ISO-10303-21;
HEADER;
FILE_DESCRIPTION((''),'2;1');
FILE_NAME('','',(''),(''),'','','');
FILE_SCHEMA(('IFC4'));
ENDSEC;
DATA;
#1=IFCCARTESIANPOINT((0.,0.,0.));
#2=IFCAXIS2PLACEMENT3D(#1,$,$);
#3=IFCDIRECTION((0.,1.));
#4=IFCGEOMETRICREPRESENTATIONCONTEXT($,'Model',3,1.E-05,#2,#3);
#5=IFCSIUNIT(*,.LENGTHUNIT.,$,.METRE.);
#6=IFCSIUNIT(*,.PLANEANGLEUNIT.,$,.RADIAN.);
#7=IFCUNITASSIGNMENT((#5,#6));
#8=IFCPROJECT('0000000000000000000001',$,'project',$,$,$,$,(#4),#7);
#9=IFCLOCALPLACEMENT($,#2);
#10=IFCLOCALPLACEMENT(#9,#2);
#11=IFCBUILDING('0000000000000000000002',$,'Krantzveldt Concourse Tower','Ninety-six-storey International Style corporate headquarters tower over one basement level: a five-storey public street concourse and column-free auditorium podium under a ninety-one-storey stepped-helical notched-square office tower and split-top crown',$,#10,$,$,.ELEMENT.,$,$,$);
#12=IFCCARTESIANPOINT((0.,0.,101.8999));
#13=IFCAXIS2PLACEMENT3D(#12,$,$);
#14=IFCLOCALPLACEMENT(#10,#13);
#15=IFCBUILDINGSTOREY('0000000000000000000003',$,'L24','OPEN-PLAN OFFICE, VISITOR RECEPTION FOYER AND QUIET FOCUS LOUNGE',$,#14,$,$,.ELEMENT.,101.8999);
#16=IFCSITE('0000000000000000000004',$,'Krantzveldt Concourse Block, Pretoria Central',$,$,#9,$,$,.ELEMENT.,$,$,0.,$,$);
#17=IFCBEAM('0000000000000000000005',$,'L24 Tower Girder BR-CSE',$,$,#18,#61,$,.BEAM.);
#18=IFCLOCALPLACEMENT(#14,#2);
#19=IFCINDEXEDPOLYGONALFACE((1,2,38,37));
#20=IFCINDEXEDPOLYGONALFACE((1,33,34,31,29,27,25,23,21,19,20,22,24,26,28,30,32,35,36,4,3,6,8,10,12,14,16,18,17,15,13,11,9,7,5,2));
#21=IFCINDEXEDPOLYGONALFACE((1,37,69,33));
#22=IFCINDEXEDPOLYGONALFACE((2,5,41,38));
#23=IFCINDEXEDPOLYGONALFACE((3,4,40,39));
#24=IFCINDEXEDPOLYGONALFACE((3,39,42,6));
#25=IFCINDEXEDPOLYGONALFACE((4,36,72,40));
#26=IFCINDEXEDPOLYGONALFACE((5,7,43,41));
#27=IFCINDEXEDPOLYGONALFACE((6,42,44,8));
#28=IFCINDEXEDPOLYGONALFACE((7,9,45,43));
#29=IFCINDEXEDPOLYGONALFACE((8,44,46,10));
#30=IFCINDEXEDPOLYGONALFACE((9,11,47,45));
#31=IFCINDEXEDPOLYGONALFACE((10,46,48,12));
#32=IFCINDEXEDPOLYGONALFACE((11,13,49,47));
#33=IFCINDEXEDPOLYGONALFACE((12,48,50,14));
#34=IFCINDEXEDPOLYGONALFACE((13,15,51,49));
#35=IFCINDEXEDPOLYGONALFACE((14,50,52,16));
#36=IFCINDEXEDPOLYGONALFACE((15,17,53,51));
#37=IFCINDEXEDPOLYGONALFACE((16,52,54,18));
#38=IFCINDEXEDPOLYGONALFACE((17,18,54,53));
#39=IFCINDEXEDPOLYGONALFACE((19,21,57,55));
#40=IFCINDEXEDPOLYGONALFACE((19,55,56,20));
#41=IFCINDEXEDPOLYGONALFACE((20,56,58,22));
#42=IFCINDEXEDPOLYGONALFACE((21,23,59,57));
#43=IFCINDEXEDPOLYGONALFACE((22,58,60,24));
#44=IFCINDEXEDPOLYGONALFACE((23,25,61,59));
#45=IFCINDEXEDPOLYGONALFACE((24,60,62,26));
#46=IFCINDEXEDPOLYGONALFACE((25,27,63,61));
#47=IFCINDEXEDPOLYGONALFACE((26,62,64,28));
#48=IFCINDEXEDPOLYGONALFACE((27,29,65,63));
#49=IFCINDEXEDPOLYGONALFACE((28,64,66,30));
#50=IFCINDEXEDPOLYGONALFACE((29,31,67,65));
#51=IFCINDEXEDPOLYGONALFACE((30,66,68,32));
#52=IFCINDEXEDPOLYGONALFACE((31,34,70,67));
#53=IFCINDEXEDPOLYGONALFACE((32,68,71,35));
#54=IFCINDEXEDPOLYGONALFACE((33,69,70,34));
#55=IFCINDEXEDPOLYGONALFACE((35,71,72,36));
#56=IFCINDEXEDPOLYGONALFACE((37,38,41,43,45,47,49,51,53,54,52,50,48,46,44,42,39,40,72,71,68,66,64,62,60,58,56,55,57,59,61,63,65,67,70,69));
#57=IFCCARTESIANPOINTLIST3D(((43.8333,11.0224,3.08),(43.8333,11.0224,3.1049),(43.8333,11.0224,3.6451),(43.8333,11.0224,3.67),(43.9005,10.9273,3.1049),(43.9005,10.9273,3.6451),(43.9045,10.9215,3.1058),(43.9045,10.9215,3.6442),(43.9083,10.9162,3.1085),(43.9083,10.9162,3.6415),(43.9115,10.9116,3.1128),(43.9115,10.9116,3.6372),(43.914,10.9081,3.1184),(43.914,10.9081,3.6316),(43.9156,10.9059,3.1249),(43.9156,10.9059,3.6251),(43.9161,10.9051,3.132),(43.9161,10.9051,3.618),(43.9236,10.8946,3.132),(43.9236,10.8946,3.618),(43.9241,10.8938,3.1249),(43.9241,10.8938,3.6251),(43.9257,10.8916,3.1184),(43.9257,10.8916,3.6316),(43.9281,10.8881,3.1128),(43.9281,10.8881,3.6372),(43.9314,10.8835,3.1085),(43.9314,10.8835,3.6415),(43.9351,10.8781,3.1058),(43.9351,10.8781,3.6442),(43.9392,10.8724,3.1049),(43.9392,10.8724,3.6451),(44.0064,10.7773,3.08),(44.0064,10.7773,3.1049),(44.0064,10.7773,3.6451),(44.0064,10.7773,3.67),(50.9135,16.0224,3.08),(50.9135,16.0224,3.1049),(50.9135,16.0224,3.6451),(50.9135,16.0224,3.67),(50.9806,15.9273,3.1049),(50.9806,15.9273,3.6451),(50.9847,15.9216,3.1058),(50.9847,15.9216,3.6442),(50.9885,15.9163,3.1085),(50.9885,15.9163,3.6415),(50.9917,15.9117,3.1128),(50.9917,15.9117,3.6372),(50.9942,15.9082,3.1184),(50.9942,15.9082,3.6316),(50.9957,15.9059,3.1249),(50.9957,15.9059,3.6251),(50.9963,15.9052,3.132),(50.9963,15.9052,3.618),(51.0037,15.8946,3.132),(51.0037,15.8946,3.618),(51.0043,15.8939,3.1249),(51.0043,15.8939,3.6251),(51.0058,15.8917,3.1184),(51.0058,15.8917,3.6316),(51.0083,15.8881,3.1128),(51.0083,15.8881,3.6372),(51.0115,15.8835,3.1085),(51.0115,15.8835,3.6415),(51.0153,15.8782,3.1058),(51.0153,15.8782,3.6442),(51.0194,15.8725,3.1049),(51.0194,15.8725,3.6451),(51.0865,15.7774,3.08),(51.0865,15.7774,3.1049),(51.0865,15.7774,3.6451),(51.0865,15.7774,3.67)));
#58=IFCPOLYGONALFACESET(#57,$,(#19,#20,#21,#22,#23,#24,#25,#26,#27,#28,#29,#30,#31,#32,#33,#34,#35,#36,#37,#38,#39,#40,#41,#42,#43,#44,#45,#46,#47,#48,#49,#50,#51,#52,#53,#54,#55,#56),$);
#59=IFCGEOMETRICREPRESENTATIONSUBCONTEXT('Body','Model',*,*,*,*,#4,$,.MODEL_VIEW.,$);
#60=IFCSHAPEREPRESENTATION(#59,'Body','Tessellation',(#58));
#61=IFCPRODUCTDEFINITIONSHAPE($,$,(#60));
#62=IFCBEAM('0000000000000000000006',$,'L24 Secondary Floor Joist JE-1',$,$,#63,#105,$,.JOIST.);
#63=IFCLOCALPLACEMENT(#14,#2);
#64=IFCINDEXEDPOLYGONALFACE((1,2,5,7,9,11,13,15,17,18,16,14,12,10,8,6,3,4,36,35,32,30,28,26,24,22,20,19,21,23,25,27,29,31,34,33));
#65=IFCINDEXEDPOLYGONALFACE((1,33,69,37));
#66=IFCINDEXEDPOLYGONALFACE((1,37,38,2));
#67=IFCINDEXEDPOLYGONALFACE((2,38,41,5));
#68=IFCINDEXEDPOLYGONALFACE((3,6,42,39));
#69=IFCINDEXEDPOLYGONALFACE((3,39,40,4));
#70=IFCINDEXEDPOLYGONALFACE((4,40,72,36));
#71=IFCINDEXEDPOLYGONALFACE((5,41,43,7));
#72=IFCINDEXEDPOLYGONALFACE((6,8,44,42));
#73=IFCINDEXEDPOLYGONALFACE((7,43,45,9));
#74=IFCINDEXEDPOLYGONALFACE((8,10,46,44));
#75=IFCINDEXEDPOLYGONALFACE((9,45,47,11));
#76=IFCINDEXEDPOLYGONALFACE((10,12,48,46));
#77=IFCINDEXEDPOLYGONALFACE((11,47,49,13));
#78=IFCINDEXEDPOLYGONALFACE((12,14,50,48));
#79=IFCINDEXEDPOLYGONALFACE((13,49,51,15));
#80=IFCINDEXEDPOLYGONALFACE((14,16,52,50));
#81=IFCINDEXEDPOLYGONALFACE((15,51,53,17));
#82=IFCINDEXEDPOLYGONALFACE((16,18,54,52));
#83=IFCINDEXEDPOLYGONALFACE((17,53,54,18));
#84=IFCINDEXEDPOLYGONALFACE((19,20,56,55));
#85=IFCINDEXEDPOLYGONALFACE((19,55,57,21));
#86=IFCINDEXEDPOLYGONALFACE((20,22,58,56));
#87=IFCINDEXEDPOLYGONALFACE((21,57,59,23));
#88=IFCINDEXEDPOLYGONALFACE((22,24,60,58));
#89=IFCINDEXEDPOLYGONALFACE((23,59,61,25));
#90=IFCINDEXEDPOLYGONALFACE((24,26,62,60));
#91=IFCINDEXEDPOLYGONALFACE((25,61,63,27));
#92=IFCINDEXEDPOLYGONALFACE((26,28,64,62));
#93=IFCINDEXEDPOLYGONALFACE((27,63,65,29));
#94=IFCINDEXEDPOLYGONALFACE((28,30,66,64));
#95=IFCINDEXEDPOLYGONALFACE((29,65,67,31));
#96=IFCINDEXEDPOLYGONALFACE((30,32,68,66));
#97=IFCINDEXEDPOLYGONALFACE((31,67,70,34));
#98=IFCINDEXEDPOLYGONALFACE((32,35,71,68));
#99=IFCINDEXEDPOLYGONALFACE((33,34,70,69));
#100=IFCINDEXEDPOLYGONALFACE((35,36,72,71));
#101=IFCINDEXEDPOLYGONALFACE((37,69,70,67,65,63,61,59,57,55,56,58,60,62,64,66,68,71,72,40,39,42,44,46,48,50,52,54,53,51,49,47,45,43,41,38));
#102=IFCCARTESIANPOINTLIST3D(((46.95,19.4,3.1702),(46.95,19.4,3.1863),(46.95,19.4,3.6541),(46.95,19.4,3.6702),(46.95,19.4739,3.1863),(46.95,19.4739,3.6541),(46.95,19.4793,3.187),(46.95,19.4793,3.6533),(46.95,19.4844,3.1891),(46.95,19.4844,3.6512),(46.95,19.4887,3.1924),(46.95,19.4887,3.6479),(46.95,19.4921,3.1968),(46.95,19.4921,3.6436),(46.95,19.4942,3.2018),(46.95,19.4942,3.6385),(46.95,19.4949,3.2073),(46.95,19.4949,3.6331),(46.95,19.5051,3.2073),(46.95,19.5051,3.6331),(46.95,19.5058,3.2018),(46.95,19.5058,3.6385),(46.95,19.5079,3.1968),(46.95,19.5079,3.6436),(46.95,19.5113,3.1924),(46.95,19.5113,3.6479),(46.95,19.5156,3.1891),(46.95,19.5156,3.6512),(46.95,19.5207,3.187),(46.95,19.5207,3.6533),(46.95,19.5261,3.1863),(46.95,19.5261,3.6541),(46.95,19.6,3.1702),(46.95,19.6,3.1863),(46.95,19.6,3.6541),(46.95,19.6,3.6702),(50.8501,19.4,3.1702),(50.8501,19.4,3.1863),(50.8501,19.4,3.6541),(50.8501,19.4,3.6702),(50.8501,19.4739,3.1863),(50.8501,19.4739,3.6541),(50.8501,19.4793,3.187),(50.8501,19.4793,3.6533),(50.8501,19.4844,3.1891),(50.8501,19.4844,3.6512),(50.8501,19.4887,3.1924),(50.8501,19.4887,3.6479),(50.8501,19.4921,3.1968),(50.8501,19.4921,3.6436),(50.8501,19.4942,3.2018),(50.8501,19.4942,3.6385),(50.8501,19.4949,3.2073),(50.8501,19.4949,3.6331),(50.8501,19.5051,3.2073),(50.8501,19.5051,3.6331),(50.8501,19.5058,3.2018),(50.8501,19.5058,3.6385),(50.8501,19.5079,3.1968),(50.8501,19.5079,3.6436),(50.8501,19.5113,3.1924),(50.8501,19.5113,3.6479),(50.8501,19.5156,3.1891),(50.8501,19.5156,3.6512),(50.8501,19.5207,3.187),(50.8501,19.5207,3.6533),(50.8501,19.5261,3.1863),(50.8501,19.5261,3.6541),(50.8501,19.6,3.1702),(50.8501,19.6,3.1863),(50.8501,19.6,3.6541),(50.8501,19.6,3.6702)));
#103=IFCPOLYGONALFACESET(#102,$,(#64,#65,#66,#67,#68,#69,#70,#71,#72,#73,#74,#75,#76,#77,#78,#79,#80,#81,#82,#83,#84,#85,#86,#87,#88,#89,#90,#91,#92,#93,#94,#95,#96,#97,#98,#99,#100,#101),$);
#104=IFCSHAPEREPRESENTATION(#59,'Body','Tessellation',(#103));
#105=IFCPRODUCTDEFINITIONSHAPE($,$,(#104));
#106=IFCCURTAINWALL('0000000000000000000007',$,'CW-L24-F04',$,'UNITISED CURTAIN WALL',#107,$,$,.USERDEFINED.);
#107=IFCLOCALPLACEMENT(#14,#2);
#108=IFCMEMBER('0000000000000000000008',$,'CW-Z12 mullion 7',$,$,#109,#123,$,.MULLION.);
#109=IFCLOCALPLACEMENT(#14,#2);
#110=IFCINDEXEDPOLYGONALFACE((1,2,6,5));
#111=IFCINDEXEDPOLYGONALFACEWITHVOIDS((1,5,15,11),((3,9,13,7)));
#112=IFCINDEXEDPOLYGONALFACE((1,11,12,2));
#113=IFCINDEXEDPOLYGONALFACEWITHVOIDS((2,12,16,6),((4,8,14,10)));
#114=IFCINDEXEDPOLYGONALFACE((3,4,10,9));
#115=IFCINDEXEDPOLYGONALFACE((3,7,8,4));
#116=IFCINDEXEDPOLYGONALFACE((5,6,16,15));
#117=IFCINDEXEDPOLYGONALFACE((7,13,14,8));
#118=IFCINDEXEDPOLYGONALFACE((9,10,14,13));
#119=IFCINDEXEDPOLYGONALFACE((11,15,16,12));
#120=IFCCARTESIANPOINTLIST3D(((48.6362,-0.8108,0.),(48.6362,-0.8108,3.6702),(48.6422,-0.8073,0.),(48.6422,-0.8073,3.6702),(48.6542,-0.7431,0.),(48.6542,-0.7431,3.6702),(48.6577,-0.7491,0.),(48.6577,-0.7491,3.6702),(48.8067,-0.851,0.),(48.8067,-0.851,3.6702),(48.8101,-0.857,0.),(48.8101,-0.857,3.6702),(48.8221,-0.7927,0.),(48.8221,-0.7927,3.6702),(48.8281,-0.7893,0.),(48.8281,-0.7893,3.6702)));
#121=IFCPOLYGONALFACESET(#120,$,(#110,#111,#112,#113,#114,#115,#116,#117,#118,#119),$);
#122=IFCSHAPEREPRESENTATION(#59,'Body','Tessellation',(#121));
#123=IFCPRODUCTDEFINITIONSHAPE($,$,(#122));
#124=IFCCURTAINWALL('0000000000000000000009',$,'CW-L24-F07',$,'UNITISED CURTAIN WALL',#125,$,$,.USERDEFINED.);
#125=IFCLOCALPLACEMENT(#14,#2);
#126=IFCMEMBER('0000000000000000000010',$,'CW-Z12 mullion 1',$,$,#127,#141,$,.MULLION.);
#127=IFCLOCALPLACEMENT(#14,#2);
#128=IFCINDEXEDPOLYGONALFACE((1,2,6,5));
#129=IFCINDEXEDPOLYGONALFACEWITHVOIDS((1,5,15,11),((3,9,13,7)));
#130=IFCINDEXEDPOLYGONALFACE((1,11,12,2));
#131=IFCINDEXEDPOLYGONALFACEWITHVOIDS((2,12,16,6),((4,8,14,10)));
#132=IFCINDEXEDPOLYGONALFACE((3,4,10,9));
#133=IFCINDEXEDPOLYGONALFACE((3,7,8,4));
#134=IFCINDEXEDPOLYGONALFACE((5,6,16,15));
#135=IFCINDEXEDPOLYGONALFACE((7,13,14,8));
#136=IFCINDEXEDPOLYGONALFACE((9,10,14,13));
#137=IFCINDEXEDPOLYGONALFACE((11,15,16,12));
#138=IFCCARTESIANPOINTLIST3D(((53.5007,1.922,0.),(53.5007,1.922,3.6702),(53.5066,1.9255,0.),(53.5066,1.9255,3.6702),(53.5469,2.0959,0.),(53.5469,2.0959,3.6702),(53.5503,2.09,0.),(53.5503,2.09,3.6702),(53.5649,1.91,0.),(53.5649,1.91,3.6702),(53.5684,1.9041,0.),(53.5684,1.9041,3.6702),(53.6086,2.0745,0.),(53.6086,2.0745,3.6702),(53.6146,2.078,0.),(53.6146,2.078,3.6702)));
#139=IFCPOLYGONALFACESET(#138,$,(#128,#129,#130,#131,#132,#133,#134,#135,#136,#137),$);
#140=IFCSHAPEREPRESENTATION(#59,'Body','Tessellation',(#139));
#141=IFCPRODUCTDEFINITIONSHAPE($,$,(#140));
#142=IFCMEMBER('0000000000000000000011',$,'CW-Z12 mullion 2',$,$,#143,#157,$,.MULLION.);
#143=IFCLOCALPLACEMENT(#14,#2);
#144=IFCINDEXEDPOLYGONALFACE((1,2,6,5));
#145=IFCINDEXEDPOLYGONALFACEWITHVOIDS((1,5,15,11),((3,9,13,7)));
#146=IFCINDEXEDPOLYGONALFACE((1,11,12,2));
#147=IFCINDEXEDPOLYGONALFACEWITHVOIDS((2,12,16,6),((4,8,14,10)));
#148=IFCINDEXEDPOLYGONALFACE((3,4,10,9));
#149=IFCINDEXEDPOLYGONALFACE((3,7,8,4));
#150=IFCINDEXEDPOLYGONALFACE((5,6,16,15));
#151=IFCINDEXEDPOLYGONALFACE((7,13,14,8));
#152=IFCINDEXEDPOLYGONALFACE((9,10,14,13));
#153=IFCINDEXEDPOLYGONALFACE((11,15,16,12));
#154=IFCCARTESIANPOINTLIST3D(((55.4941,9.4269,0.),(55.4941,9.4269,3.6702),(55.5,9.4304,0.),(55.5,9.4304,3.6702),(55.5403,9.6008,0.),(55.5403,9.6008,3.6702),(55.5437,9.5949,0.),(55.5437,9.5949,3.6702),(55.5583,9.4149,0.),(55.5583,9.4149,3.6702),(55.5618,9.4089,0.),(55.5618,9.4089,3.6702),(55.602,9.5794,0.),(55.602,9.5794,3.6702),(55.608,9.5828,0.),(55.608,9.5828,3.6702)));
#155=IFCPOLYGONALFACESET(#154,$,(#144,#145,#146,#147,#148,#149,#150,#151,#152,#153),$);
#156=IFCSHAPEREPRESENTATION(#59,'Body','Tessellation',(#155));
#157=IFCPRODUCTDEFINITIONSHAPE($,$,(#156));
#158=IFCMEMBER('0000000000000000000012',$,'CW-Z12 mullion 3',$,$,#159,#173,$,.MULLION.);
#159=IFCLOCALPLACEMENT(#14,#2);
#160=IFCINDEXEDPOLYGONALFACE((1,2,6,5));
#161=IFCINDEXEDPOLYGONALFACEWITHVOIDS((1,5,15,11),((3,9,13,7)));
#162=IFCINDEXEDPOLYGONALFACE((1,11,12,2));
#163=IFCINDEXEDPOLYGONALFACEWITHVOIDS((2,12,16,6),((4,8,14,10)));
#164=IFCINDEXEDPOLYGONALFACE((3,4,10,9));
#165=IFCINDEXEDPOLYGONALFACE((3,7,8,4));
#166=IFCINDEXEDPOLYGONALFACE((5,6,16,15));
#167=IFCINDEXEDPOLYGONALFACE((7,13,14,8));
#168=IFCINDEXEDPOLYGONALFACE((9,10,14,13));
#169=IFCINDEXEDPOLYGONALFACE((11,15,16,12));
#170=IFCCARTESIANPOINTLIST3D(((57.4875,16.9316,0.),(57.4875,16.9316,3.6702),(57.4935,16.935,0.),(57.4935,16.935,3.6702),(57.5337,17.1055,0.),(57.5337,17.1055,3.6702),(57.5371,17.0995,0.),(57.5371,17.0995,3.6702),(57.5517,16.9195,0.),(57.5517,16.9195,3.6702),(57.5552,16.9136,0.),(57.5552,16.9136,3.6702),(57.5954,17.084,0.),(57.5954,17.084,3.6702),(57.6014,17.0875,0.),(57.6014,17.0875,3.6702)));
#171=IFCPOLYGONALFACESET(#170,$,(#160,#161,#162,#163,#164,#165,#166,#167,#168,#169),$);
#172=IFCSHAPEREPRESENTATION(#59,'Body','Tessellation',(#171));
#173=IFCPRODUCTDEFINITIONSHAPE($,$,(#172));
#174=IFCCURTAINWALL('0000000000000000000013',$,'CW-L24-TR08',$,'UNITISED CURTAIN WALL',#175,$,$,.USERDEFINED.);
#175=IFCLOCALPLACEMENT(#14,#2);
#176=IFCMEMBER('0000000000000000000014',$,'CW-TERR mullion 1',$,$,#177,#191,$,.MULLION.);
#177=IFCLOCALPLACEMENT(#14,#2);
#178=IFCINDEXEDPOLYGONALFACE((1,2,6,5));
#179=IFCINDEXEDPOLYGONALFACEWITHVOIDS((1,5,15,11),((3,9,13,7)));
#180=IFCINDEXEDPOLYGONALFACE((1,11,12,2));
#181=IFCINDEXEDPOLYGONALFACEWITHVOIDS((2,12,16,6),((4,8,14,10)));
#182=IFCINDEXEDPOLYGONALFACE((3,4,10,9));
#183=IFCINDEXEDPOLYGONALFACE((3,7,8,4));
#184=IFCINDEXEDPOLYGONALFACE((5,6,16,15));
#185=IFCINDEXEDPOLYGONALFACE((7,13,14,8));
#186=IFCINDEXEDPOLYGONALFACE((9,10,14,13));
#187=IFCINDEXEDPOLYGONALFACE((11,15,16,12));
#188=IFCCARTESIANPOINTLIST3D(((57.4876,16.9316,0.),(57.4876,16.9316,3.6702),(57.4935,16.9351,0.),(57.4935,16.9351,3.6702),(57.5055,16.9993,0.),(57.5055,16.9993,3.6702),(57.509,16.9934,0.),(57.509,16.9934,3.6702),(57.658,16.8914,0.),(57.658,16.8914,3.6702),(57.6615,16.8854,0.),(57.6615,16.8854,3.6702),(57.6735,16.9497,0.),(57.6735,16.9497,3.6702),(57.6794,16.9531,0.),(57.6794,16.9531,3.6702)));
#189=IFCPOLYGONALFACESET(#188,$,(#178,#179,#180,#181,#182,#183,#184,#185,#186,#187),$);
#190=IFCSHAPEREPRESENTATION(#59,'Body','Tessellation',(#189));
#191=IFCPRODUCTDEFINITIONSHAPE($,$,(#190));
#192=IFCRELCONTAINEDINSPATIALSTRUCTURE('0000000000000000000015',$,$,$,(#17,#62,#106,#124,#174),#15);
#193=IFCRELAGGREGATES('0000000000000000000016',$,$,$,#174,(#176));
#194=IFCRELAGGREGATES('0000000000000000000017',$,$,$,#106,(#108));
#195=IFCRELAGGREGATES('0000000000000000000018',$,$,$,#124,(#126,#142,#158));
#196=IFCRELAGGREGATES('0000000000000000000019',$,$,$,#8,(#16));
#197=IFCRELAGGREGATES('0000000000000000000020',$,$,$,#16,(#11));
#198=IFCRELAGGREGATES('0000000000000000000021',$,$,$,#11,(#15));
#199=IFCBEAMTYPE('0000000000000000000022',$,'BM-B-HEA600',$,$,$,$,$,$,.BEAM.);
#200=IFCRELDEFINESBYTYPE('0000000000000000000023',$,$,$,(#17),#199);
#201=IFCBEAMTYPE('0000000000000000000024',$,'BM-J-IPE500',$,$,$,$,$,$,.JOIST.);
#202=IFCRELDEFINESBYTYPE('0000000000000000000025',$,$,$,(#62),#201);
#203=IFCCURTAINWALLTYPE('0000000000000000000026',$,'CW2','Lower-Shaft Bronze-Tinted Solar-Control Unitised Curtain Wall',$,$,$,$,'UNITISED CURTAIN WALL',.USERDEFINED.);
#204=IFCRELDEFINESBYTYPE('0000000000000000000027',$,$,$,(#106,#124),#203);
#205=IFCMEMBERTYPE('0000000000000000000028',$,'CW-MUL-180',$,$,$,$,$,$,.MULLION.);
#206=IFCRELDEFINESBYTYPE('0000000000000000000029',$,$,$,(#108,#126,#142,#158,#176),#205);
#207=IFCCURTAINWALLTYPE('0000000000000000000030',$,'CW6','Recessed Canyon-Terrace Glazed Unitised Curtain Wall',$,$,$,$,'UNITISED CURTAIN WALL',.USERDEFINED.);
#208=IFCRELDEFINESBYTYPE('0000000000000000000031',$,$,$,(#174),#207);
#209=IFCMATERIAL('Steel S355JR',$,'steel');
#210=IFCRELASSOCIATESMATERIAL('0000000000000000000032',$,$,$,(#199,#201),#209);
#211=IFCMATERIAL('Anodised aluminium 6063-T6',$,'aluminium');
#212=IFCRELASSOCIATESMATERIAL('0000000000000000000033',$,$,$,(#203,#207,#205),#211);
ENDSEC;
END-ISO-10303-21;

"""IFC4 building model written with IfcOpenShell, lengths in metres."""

from ifc_helpers import new_model, si_unit, direction, frame, origin, origin_2d, place, context, subcontext, project, spatial, hollow_rectangle, i_section, extrude, source, transform, mapped, material, material_profile, profile_set, type_object, type_shapes, element, aggregate, save


model = new_model("IFC4")

# Units and contexts
model_context = context("Model", 3, precision=1e-05, world=origin(), true_north=direction((0.0, 1.0)))
body_context = subcontext(model_context, "Body", "Model", "MODEL_VIEW")
ifc_project = project(units=[si_unit("LENGTHUNIT", "METRE"), si_unit("PLANEANGLEUNIT", "RADIAN")], contexts=[model_context])

# Site, building, storey
site_placement = place(None, origin())
site = spatial("IfcSite", under=ifc_project, at=site_placement, Name="Krantzveldt Concourse Block, Pretoria Central", CompositionType="ELEMENT", RefElevation=0.0)
building_placement = place(site_placement, origin())
building = spatial("IfcBuilding", under=site, at=building_placement, Name="Krantzveldt Concourse Tower", Description="Ninety-six-storey International Style corporate headquarters tower over one basement level: a five-storey public street concourse and column-free auditorium podium under a ninety-one-storey stepped-helical notched-square office tower and split-top crown", CompositionType="ELEMENT")
storey_placement = place(building_placement, frame((0.0, 0.0, 101.8999)))
storey = spatial("IfcBuildingStorey", under=building, at=storey_placement, Name="L24", Description="OPEN-PLAN OFFICE, VISITOR RECEPTION FOYER AND QUIET FOCUS LOUNGE", CompositionType="ELEMENT", Elevation=101.8999)

# Beams
ifc_material_1 = material(Name="Steel S355JR", Category="steel")
ifc_material_profile_1 = material_profile(ifc_material_1, i_section(OverallWidth=0.3, OverallDepth=0.5901, WebThickness=0.0129, FlangeThickness=0.0249, FilletRadius=0.0271, at=origin_2d()), Name="Steel S355JR", Category="steel")
ifc_profile_set_1 = profile_set([ifc_material_profile_1], Name="Steel S355JR - HEA 600")
beam_type_1 = type_object("IfcBeamType", Name="BM-B-HEA600", PredefinedType="BEAM", material=ifc_profile_set_1)
shared_shape_1 = source(origin(), body_context, "Body", "SweptSolid", [
    extrude(i_section(OverallWidth=0.3, OverallDepth=0.5901, WebThickness=0.0129, FlangeThickness=0.0249, FilletRadius=0.0271, at=origin_2d()), origin(), (0.0, 0.0, 1.0), 8.6677),
])
beam_1_placement = place(storey_placement, frame((51.0, 15.8999, 3.375), z_axis=(-0.816843, -0.57686, 0.0), x_axis=(0.57686, -0.816843, 0.0)))
element("IfcBeam", 1, at=beam_1_placement, inside=storey, type_object=beam_type_1, Name="L24 Tower Girder BR-CSE", PredefinedType="BEAM", context=body_context, shape_type="MappedRepresentation", body=[
    mapped(shared_shape_1, transform((0.0, 0.0, 0.0), x_axis=(1.0, 0.0, 0.0), y_axis=(0.0, 1.0, 0.0), z_axis=(0.0, 0.0, 1.0), scale=1.0)),
])
ifc_material_profile_2 = material_profile(ifc_material_1, i_section(OverallWidth=0.2, OverallDepth=0.5, WebThickness=0.0103, FlangeThickness=0.0161, FilletRadius=0.021, at=origin_2d()), Name="Steel S355JR", Category="steel")
ifc_profile_set_2 = profile_set([ifc_material_profile_2], Name="Steel S355JR - IPE 500")
beam_type_2 = type_object("IfcBeamType", Name="BM-J-IPE500", PredefinedType="JOIST", material=ifc_profile_set_2)
shared_shape_2 = source(origin(), body_context, "Body", "SweptSolid", [
    extrude(i_section(OverallWidth=0.2, OverallDepth=0.5, WebThickness=0.0103, FlangeThickness=0.0161, FilletRadius=0.021, at=origin_2d()), origin(), (0.0, 0.0, 1.0), 3.9001),
])
type_shapes(beam_type_2, [shared_shape_2])
beam_2_placement = place(storey_placement, frame((46.95, 19.5, 3.4202), z_axis=(1.0, 0.0, 0.0), x_axis=(0.0, 1.0, 0.0)))
element("IfcBeam", 2, at=beam_2_placement, inside=storey, type_object=beam_type_2, Name="L24 Secondary Floor Joist JE-1", PredefinedType="JOIST", context=body_context, shape_type="MappedRepresentation", body=[
    mapped(shared_shape_2, transform((0.0, 0.0, 0.0), x_axis=(1.0, 0.0, 0.0), y_axis=(0.0, 1.0, 0.0), z_axis=(0.0, 0.0, 1.0), scale=1.0)),
])

# Curtain wall, member
ifc_material_2 = material(Name="Anodised aluminium 6063-T6", Category="aluminium")
curtain_wall_type_1 = type_object("IfcCurtainWallType", Name="CW2", Description="Lower-Shaft Bronze-Tinted Solar-Control Unitised Curtain Wall", ElementType="UNITISED CURTAIN WALL", PredefinedType="USERDEFINED", material=ifc_material_2)
curtain_wall_1_placement = place(storey_placement, origin())
curtain_wall_1 = element("IfcCurtainWall", 3, at=curtain_wall_1_placement, inside=storey, type_object=curtain_wall_type_1, Name="CW-L24-F04", ObjectType="UNITISED CURTAIN WALL", PredefinedType="USERDEFINED")
ifc_material_profile_3 = material_profile(ifc_material_2, hollow_rectangle(XDim=0.0701, YDim=0.1799, WallThickness=0.0049, at=origin_2d()), Name="Anodised aluminium 6063-T6", Category="aluminium")
ifc_profile_set_3 = profile_set([ifc_material_profile_3], Name="Anodised aluminium 6063-T6 - ALU-MULL 180x70x5")
member_type_1 = type_object("IfcMemberType", Name="CW-MUL-180", PredefinedType="MULLION", material=ifc_profile_set_3)
shared_shape_3 = source(origin(), body_context, "Body", "SweptSolid", [
    extrude(hollow_rectangle(XDim=0.0701, YDim=0.1799, WallThickness=0.0049, at=origin_2d()), origin(), (0.0, 0.0, 1.0), 3.6702),
])
type_shapes(member_type_1, [shared_shape_3])
member_1_placement = place(storey_placement, frame((48.7322, -0.8, 0.0), z_axis=(0.0, 0.0, 1.0), x_axis=(0.256711, 0.966488, 0.0)))
member_1 = element("IfcMember", 4, at=member_1_placement, type_object=member_type_1, Name="CW-Z12 mullion 7", PredefinedType="MULLION", context=body_context, shape_type="MappedRepresentation", body=[
    mapped(shared_shape_3, transform((0.0, 0.0, 0.0), x_axis=(1.0, 0.0, 0.0), y_axis=(0.0, 1.0, 0.0), z_axis=(0.0, 0.0, 1.0), scale=1.0)),
])

# Curtain walls, members
curtain_wall_2_placement = place(storey_placement, origin())
curtain_wall_2 = element("IfcCurtainWall", 5, at=curtain_wall_2_placement, inside=storey, type_object=curtain_wall_type_1, Name="CW-L24-F07", ObjectType="UNITISED CURTAIN WALL", PredefinedType="USERDEFINED")
member_2_placement = place(storey_placement, frame((53.5576, 2.0, 0.0), z_axis=(0.0, 0.0, 1.0), x_axis=(-0.966488, 0.256711, 0.0)))
member_2 = element("IfcMember", 6, at=member_2_placement, type_object=member_type_1, Name="CW-Z12 mullion 1", PredefinedType="MULLION", context=body_context, shape_type="MappedRepresentation", body=[
    mapped(shared_shape_3, transform((0.0, 0.0, 0.0), x_axis=(1.0, 0.0, 0.0), y_axis=(0.0, 1.0, 0.0), z_axis=(0.0, 0.0, 1.0), scale=1.0)),
])
member_3_placement = place(storey_placement, frame((55.551, 9.5049, 0.0), z_axis=(0.0, 0.0, 1.0), x_axis=(-0.966488, 0.256711, 0.0)))
member_3 = element("IfcMember", 7, at=member_3_placement, type_object=member_type_1, Name="CW-Z12 mullion 2", PredefinedType="MULLION", context=body_context, shape_type="MappedRepresentation", body=[
    mapped(shared_shape_3, transform((0.0, 0.0, 0.0), x_axis=(1.0, 0.0, 0.0), y_axis=(0.0, 1.0, 0.0), z_axis=(0.0, 0.0, 1.0), scale=1.0)),
])
member_4_placement = place(storey_placement, frame((57.5444, 17.0095, 0.0), z_axis=(0.0, 0.0, 1.0), x_axis=(-0.966488, 0.256711, 0.0)))
member_4 = element("IfcMember", 8, at=member_4_placement, type_object=member_type_1, Name="CW-Z12 mullion 3", PredefinedType="MULLION", context=body_context, shape_type="MappedRepresentation", body=[
    mapped(shared_shape_3, transform((0.0, 0.0, 0.0), x_axis=(1.0, 0.0, 0.0), y_axis=(0.0, 1.0, 0.0), z_axis=(0.0, 0.0, 1.0), scale=1.0)),
])
curtain_wall_type_2 = type_object("IfcCurtainWallType", Name="CW6", Description="Recessed Canyon-Terrace Glazed Unitised Curtain Wall", ElementType="UNITISED CURTAIN WALL", PredefinedType="USERDEFINED", material=ifc_material_2)
curtain_wall_3_placement = place(storey_placement, origin())
curtain_wall_3 = element("IfcCurtainWall", 9, at=curtain_wall_3_placement, inside=storey, type_object=curtain_wall_type_2, Name="CW-L24-TR08", ObjectType="UNITISED CURTAIN WALL", PredefinedType="USERDEFINED")
member_5_placement = place(storey_placement, frame((57.5835, 16.9424, 0.0), z_axis=(0.0, 0.0, 1.0), x_axis=(-0.256714, -0.966487, 0.0)))
member_5 = element("IfcMember", 10, at=member_5_placement, type_object=member_type_1, Name="CW-TERR mullion 1", PredefinedType="MULLION", context=body_context, shape_type="MappedRepresentation", body=[
    mapped(shared_shape_3, transform((0.0, 0.0, 0.0), x_axis=(1.0, 0.0, 0.0), y_axis=(0.0, 1.0, 0.0), z_axis=(0.0, 0.0, 1.0), scale=1.0)),
])

aggregate(curtain_wall_3, [member_5])
aggregate(curtain_wall_1, [member_1])
aggregate(curtain_wall_2, [member_2, member_3, member_4])

save(model, "model.ifc")
